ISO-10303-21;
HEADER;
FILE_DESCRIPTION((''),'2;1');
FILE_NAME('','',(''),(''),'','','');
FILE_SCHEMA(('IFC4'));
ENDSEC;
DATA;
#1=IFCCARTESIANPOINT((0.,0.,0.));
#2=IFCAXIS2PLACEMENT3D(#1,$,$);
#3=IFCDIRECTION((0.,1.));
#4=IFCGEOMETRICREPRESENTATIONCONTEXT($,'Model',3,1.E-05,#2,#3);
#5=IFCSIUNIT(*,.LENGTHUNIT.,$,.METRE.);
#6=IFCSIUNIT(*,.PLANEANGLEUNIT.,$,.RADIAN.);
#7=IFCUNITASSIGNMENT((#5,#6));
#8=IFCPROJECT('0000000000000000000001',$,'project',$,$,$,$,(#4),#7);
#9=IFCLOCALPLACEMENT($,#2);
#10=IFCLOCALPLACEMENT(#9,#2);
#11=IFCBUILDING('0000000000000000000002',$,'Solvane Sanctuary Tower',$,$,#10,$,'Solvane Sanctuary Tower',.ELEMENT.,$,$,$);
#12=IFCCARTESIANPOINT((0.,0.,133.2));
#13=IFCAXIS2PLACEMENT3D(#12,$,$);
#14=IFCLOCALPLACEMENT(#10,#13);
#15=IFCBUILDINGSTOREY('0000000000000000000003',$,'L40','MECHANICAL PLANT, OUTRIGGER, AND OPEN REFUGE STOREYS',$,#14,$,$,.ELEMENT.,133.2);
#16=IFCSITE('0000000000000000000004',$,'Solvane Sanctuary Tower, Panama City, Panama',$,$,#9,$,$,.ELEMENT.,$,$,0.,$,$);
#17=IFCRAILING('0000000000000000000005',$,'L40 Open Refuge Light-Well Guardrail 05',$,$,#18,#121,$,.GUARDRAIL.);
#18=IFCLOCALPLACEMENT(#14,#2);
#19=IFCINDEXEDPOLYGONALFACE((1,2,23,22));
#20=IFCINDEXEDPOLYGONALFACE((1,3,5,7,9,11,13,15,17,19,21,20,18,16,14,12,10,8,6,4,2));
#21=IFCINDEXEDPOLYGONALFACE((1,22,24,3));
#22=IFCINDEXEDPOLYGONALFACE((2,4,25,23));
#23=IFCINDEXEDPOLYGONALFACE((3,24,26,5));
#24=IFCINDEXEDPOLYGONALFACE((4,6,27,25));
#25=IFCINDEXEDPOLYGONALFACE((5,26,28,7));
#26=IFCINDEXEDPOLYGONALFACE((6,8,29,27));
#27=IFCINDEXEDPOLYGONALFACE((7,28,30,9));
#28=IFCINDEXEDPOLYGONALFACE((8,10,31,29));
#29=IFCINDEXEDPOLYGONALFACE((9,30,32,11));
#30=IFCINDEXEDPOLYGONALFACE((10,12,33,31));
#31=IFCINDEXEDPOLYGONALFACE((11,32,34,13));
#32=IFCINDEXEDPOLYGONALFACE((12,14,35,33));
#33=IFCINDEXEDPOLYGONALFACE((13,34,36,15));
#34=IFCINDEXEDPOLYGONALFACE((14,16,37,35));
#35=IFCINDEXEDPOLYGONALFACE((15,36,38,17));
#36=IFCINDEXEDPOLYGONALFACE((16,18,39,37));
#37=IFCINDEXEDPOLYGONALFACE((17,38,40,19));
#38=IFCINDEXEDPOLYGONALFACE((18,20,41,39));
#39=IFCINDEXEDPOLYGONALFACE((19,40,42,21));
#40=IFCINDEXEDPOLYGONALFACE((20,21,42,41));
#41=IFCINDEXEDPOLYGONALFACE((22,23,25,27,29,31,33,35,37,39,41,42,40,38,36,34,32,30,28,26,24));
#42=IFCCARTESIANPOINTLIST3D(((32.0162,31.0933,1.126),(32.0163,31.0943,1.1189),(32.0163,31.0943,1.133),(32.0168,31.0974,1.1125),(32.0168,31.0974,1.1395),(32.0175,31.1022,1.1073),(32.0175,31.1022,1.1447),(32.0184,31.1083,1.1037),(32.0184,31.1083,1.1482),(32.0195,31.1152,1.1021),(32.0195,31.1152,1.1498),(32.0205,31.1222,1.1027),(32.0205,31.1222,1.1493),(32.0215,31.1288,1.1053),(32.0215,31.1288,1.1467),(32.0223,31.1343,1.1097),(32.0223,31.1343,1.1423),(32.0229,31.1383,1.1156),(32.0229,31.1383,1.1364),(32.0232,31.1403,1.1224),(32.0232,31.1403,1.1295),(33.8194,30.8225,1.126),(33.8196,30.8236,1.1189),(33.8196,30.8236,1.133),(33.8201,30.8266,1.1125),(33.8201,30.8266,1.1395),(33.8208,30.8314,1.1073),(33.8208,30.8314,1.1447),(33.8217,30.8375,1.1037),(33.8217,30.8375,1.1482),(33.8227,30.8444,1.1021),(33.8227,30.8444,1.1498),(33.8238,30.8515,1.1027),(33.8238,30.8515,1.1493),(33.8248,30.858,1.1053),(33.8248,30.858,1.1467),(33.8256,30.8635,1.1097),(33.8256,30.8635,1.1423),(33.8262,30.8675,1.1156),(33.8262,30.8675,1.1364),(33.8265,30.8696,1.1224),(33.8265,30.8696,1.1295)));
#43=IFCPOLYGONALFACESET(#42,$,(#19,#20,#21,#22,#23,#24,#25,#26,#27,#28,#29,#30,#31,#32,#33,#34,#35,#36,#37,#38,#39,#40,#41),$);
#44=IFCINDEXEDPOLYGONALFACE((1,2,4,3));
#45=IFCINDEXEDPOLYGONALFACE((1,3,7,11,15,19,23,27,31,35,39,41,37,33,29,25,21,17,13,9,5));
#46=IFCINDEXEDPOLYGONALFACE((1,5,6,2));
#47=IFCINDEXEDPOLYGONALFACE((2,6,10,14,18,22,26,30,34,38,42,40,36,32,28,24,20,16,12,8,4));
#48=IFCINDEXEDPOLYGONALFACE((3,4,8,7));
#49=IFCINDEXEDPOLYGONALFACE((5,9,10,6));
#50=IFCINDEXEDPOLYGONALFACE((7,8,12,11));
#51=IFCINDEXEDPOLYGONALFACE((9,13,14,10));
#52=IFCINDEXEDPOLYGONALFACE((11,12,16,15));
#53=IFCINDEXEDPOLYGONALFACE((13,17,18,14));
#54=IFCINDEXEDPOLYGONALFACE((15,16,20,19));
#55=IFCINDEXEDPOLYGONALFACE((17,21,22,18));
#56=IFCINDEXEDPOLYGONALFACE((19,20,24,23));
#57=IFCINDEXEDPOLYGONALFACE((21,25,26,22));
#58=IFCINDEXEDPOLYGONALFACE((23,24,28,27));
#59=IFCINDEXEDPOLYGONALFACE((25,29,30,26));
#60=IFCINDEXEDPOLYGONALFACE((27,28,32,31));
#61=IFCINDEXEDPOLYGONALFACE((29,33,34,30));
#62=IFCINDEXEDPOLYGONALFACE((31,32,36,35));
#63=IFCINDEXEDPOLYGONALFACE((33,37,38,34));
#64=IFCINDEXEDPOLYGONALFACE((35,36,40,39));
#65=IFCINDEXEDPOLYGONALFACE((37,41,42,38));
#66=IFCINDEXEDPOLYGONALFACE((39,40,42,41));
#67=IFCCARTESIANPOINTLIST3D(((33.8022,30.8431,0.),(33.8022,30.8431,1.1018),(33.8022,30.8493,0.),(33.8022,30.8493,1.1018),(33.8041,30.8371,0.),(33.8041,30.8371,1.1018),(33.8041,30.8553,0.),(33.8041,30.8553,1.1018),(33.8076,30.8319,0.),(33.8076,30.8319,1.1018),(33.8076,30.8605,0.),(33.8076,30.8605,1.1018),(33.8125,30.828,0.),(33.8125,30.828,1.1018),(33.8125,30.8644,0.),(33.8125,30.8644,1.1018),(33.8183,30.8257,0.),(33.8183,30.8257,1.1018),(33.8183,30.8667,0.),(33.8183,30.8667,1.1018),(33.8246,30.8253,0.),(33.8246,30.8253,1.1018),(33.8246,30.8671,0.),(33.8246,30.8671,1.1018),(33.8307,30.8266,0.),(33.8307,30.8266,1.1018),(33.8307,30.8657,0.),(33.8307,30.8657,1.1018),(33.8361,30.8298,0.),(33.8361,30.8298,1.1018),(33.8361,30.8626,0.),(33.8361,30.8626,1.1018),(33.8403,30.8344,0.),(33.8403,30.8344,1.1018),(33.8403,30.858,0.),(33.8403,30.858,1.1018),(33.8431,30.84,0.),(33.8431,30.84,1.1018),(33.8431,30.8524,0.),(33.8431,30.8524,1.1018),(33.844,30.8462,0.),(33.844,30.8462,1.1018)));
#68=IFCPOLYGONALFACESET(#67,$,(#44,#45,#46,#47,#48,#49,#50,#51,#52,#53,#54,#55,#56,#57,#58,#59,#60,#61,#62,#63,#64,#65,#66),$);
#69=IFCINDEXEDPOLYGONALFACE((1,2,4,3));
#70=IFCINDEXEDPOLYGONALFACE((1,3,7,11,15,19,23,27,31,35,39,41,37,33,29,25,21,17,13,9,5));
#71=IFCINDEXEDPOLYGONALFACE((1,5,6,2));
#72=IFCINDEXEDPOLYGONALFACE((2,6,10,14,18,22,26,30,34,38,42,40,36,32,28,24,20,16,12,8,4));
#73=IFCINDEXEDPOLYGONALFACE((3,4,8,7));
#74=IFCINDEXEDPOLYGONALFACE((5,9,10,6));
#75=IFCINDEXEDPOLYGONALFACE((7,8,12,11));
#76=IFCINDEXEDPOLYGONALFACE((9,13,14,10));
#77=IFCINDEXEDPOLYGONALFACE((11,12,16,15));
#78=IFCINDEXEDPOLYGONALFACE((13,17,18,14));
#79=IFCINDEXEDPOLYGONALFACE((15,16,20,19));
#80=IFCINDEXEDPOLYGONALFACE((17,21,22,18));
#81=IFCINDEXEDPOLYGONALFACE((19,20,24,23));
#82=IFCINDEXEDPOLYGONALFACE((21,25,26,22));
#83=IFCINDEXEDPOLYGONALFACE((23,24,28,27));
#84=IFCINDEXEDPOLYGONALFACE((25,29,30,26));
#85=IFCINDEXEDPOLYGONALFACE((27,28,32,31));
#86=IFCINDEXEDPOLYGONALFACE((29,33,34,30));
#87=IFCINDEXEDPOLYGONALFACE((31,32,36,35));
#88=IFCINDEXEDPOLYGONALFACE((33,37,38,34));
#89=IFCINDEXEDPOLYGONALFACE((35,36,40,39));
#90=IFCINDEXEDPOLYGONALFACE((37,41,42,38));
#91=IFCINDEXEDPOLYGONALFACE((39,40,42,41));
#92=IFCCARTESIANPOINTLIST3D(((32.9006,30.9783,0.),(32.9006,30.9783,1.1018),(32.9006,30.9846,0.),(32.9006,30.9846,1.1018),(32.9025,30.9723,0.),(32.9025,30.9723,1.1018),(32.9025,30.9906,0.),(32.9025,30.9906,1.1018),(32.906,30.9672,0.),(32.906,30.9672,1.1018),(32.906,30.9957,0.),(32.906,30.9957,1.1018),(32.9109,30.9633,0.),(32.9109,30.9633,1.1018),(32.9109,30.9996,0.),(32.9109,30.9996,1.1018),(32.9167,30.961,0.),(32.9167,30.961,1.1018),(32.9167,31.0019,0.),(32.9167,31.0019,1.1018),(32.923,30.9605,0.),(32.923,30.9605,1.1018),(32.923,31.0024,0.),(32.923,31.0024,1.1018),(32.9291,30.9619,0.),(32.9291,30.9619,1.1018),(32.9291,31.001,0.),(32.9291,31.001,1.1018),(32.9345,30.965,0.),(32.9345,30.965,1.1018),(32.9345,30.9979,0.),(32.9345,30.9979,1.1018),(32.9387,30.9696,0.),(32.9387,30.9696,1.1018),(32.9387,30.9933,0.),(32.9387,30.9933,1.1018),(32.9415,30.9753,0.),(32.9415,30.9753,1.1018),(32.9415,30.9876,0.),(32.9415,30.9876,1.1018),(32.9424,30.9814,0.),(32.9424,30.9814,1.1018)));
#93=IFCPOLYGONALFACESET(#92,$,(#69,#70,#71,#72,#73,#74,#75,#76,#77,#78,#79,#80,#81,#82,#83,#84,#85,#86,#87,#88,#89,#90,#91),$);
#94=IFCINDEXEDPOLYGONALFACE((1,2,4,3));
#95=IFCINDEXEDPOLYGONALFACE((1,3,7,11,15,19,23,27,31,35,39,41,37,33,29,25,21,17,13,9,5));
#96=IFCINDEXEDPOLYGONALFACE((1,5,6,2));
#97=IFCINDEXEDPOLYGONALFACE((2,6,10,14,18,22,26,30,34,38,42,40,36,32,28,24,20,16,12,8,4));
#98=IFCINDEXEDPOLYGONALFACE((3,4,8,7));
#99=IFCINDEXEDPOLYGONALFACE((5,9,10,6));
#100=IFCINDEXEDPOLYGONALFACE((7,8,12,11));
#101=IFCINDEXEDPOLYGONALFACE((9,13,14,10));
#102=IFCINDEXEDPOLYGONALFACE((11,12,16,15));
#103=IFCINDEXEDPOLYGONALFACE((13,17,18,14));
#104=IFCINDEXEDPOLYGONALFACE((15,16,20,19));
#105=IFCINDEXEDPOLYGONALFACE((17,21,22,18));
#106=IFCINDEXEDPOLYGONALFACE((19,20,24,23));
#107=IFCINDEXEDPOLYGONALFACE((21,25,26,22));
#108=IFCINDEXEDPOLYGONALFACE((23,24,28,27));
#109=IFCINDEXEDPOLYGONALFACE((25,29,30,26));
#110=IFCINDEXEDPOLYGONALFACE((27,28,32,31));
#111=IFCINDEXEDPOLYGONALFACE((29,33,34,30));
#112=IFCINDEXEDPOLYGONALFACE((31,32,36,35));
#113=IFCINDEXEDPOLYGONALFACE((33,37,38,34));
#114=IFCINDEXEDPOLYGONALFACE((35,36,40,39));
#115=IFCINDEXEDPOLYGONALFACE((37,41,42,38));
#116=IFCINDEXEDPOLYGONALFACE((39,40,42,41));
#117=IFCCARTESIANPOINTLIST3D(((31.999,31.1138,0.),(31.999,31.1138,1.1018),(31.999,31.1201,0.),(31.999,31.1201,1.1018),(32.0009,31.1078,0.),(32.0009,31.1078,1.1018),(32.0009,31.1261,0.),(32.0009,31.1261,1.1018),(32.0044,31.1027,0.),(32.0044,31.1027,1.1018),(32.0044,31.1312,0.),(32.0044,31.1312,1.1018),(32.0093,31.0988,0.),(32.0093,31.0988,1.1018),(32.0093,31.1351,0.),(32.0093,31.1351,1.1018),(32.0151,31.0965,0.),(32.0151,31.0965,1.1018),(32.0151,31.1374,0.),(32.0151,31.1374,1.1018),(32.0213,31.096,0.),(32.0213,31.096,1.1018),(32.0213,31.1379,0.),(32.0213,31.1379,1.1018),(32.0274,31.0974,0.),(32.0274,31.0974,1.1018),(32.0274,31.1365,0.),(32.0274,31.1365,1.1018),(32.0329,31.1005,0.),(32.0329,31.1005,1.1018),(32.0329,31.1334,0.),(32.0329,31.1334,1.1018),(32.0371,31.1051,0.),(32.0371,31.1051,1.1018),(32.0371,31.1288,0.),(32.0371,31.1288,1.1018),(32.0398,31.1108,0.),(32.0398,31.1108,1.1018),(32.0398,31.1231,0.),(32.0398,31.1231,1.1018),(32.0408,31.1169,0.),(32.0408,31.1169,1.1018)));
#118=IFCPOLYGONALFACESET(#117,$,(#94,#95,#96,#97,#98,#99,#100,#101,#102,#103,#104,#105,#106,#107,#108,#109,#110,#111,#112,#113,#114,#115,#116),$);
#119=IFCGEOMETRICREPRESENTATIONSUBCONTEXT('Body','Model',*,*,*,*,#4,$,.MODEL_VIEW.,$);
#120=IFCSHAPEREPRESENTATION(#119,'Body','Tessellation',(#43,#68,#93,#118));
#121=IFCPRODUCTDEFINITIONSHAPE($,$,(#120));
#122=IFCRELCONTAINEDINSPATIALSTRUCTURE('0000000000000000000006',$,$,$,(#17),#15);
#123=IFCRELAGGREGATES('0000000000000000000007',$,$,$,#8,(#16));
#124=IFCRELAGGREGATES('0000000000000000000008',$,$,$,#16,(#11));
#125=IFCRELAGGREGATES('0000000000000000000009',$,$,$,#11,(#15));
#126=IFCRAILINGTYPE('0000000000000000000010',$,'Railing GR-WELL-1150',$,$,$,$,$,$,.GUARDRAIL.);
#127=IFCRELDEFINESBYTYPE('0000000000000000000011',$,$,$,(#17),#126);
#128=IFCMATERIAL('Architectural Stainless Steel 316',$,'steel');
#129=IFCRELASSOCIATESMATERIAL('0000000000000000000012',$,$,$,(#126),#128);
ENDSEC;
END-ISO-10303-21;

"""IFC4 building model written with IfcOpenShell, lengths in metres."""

from ifc_helpers import new_model, si_unit, direction, frame, origin, origin_2d, place, context, subcontext, project, spatial, circle, extrude, material, type_object, element, save


model = new_model("IFC4")

# Units and contexts
model_context = context("Model", 3, precision=1e-05, world=origin(), true_north=direction((0.0, 1.0)))
body_context = subcontext(model_context, "Body", "Model", "MODEL_VIEW")
ifc_project = project(units=[si_unit("LENGTHUNIT", "METRE"), si_unit("PLANEANGLEUNIT", "RADIAN")], contexts=[model_context])

# Site, building, storey
site_placement = place(None, origin())
site = spatial("IfcSite", under=ifc_project, at=site_placement, Name="Solvane Sanctuary Tower, Panama City, Panama", CompositionType="ELEMENT", RefElevation=0.0)
building_placement = place(site_placement, origin())
building = spatial("IfcBuilding", under=site, at=building_placement, Name="Solvane Sanctuary Tower", LongName="Solvane Sanctuary Tower", CompositionType="ELEMENT")
storey_placement = place(building_placement, frame((0.0, 0.0, 133.2)))
storey = spatial("IfcBuildingStorey", under=building, at=storey_placement, Name="L40", Description="MECHANICAL PLANT, OUTRIGGER, AND OPEN REFUGE STOREYS", CompositionType="ELEMENT", Elevation=133.2)

# Shared definitions
ifc_material_1 = material(Name="Architectural Stainless Steel 316", Category="steel")

# Railing
railing_type_1 = type_object("IfcRailingType", Name="Railing GR-WELL-1150", PredefinedType="GUARDRAIL", material=ifc_material_1)
railing_1_placement = place(storey_placement, frame((33.823, 30.8462, 0.0)))
element("IfcRailing", 1, at=railing_1_placement, inside=storey, type_object=railing_type_1, Name="L40 Open Refuge Light-Well Guardrail 05", PredefinedType="GUARDRAIL", context=body_context, shape_type="SweptSolid", body=[
    extrude(circle(Radius=0.0239, at=origin_2d()), frame((0.0, 0.0, 1.126), z_axis=(-0.988915, 0.148484, 0.0), x_axis=(-0.148484, -0.988915, 0.0)), (0.0, 0.0, 1.0), 1.8235),
    extrude(circle(Radius=0.021, at=origin_2d()), origin(), (0.0, 0.0, 1.0), 1.1018),
    extrude(circle(Radius=0.021, at=origin_2d()), frame((-0.9016, 0.1353, 0.0)), (0.0, 0.0, 1.0), 1.1018),
    extrude(circle(Radius=0.021, at=origin_2d()), frame((-1.8032, 0.2708, 0.0)), (0.0, 0.0, 1.0), 1.1018),
])

save(model, "model.ifc")
